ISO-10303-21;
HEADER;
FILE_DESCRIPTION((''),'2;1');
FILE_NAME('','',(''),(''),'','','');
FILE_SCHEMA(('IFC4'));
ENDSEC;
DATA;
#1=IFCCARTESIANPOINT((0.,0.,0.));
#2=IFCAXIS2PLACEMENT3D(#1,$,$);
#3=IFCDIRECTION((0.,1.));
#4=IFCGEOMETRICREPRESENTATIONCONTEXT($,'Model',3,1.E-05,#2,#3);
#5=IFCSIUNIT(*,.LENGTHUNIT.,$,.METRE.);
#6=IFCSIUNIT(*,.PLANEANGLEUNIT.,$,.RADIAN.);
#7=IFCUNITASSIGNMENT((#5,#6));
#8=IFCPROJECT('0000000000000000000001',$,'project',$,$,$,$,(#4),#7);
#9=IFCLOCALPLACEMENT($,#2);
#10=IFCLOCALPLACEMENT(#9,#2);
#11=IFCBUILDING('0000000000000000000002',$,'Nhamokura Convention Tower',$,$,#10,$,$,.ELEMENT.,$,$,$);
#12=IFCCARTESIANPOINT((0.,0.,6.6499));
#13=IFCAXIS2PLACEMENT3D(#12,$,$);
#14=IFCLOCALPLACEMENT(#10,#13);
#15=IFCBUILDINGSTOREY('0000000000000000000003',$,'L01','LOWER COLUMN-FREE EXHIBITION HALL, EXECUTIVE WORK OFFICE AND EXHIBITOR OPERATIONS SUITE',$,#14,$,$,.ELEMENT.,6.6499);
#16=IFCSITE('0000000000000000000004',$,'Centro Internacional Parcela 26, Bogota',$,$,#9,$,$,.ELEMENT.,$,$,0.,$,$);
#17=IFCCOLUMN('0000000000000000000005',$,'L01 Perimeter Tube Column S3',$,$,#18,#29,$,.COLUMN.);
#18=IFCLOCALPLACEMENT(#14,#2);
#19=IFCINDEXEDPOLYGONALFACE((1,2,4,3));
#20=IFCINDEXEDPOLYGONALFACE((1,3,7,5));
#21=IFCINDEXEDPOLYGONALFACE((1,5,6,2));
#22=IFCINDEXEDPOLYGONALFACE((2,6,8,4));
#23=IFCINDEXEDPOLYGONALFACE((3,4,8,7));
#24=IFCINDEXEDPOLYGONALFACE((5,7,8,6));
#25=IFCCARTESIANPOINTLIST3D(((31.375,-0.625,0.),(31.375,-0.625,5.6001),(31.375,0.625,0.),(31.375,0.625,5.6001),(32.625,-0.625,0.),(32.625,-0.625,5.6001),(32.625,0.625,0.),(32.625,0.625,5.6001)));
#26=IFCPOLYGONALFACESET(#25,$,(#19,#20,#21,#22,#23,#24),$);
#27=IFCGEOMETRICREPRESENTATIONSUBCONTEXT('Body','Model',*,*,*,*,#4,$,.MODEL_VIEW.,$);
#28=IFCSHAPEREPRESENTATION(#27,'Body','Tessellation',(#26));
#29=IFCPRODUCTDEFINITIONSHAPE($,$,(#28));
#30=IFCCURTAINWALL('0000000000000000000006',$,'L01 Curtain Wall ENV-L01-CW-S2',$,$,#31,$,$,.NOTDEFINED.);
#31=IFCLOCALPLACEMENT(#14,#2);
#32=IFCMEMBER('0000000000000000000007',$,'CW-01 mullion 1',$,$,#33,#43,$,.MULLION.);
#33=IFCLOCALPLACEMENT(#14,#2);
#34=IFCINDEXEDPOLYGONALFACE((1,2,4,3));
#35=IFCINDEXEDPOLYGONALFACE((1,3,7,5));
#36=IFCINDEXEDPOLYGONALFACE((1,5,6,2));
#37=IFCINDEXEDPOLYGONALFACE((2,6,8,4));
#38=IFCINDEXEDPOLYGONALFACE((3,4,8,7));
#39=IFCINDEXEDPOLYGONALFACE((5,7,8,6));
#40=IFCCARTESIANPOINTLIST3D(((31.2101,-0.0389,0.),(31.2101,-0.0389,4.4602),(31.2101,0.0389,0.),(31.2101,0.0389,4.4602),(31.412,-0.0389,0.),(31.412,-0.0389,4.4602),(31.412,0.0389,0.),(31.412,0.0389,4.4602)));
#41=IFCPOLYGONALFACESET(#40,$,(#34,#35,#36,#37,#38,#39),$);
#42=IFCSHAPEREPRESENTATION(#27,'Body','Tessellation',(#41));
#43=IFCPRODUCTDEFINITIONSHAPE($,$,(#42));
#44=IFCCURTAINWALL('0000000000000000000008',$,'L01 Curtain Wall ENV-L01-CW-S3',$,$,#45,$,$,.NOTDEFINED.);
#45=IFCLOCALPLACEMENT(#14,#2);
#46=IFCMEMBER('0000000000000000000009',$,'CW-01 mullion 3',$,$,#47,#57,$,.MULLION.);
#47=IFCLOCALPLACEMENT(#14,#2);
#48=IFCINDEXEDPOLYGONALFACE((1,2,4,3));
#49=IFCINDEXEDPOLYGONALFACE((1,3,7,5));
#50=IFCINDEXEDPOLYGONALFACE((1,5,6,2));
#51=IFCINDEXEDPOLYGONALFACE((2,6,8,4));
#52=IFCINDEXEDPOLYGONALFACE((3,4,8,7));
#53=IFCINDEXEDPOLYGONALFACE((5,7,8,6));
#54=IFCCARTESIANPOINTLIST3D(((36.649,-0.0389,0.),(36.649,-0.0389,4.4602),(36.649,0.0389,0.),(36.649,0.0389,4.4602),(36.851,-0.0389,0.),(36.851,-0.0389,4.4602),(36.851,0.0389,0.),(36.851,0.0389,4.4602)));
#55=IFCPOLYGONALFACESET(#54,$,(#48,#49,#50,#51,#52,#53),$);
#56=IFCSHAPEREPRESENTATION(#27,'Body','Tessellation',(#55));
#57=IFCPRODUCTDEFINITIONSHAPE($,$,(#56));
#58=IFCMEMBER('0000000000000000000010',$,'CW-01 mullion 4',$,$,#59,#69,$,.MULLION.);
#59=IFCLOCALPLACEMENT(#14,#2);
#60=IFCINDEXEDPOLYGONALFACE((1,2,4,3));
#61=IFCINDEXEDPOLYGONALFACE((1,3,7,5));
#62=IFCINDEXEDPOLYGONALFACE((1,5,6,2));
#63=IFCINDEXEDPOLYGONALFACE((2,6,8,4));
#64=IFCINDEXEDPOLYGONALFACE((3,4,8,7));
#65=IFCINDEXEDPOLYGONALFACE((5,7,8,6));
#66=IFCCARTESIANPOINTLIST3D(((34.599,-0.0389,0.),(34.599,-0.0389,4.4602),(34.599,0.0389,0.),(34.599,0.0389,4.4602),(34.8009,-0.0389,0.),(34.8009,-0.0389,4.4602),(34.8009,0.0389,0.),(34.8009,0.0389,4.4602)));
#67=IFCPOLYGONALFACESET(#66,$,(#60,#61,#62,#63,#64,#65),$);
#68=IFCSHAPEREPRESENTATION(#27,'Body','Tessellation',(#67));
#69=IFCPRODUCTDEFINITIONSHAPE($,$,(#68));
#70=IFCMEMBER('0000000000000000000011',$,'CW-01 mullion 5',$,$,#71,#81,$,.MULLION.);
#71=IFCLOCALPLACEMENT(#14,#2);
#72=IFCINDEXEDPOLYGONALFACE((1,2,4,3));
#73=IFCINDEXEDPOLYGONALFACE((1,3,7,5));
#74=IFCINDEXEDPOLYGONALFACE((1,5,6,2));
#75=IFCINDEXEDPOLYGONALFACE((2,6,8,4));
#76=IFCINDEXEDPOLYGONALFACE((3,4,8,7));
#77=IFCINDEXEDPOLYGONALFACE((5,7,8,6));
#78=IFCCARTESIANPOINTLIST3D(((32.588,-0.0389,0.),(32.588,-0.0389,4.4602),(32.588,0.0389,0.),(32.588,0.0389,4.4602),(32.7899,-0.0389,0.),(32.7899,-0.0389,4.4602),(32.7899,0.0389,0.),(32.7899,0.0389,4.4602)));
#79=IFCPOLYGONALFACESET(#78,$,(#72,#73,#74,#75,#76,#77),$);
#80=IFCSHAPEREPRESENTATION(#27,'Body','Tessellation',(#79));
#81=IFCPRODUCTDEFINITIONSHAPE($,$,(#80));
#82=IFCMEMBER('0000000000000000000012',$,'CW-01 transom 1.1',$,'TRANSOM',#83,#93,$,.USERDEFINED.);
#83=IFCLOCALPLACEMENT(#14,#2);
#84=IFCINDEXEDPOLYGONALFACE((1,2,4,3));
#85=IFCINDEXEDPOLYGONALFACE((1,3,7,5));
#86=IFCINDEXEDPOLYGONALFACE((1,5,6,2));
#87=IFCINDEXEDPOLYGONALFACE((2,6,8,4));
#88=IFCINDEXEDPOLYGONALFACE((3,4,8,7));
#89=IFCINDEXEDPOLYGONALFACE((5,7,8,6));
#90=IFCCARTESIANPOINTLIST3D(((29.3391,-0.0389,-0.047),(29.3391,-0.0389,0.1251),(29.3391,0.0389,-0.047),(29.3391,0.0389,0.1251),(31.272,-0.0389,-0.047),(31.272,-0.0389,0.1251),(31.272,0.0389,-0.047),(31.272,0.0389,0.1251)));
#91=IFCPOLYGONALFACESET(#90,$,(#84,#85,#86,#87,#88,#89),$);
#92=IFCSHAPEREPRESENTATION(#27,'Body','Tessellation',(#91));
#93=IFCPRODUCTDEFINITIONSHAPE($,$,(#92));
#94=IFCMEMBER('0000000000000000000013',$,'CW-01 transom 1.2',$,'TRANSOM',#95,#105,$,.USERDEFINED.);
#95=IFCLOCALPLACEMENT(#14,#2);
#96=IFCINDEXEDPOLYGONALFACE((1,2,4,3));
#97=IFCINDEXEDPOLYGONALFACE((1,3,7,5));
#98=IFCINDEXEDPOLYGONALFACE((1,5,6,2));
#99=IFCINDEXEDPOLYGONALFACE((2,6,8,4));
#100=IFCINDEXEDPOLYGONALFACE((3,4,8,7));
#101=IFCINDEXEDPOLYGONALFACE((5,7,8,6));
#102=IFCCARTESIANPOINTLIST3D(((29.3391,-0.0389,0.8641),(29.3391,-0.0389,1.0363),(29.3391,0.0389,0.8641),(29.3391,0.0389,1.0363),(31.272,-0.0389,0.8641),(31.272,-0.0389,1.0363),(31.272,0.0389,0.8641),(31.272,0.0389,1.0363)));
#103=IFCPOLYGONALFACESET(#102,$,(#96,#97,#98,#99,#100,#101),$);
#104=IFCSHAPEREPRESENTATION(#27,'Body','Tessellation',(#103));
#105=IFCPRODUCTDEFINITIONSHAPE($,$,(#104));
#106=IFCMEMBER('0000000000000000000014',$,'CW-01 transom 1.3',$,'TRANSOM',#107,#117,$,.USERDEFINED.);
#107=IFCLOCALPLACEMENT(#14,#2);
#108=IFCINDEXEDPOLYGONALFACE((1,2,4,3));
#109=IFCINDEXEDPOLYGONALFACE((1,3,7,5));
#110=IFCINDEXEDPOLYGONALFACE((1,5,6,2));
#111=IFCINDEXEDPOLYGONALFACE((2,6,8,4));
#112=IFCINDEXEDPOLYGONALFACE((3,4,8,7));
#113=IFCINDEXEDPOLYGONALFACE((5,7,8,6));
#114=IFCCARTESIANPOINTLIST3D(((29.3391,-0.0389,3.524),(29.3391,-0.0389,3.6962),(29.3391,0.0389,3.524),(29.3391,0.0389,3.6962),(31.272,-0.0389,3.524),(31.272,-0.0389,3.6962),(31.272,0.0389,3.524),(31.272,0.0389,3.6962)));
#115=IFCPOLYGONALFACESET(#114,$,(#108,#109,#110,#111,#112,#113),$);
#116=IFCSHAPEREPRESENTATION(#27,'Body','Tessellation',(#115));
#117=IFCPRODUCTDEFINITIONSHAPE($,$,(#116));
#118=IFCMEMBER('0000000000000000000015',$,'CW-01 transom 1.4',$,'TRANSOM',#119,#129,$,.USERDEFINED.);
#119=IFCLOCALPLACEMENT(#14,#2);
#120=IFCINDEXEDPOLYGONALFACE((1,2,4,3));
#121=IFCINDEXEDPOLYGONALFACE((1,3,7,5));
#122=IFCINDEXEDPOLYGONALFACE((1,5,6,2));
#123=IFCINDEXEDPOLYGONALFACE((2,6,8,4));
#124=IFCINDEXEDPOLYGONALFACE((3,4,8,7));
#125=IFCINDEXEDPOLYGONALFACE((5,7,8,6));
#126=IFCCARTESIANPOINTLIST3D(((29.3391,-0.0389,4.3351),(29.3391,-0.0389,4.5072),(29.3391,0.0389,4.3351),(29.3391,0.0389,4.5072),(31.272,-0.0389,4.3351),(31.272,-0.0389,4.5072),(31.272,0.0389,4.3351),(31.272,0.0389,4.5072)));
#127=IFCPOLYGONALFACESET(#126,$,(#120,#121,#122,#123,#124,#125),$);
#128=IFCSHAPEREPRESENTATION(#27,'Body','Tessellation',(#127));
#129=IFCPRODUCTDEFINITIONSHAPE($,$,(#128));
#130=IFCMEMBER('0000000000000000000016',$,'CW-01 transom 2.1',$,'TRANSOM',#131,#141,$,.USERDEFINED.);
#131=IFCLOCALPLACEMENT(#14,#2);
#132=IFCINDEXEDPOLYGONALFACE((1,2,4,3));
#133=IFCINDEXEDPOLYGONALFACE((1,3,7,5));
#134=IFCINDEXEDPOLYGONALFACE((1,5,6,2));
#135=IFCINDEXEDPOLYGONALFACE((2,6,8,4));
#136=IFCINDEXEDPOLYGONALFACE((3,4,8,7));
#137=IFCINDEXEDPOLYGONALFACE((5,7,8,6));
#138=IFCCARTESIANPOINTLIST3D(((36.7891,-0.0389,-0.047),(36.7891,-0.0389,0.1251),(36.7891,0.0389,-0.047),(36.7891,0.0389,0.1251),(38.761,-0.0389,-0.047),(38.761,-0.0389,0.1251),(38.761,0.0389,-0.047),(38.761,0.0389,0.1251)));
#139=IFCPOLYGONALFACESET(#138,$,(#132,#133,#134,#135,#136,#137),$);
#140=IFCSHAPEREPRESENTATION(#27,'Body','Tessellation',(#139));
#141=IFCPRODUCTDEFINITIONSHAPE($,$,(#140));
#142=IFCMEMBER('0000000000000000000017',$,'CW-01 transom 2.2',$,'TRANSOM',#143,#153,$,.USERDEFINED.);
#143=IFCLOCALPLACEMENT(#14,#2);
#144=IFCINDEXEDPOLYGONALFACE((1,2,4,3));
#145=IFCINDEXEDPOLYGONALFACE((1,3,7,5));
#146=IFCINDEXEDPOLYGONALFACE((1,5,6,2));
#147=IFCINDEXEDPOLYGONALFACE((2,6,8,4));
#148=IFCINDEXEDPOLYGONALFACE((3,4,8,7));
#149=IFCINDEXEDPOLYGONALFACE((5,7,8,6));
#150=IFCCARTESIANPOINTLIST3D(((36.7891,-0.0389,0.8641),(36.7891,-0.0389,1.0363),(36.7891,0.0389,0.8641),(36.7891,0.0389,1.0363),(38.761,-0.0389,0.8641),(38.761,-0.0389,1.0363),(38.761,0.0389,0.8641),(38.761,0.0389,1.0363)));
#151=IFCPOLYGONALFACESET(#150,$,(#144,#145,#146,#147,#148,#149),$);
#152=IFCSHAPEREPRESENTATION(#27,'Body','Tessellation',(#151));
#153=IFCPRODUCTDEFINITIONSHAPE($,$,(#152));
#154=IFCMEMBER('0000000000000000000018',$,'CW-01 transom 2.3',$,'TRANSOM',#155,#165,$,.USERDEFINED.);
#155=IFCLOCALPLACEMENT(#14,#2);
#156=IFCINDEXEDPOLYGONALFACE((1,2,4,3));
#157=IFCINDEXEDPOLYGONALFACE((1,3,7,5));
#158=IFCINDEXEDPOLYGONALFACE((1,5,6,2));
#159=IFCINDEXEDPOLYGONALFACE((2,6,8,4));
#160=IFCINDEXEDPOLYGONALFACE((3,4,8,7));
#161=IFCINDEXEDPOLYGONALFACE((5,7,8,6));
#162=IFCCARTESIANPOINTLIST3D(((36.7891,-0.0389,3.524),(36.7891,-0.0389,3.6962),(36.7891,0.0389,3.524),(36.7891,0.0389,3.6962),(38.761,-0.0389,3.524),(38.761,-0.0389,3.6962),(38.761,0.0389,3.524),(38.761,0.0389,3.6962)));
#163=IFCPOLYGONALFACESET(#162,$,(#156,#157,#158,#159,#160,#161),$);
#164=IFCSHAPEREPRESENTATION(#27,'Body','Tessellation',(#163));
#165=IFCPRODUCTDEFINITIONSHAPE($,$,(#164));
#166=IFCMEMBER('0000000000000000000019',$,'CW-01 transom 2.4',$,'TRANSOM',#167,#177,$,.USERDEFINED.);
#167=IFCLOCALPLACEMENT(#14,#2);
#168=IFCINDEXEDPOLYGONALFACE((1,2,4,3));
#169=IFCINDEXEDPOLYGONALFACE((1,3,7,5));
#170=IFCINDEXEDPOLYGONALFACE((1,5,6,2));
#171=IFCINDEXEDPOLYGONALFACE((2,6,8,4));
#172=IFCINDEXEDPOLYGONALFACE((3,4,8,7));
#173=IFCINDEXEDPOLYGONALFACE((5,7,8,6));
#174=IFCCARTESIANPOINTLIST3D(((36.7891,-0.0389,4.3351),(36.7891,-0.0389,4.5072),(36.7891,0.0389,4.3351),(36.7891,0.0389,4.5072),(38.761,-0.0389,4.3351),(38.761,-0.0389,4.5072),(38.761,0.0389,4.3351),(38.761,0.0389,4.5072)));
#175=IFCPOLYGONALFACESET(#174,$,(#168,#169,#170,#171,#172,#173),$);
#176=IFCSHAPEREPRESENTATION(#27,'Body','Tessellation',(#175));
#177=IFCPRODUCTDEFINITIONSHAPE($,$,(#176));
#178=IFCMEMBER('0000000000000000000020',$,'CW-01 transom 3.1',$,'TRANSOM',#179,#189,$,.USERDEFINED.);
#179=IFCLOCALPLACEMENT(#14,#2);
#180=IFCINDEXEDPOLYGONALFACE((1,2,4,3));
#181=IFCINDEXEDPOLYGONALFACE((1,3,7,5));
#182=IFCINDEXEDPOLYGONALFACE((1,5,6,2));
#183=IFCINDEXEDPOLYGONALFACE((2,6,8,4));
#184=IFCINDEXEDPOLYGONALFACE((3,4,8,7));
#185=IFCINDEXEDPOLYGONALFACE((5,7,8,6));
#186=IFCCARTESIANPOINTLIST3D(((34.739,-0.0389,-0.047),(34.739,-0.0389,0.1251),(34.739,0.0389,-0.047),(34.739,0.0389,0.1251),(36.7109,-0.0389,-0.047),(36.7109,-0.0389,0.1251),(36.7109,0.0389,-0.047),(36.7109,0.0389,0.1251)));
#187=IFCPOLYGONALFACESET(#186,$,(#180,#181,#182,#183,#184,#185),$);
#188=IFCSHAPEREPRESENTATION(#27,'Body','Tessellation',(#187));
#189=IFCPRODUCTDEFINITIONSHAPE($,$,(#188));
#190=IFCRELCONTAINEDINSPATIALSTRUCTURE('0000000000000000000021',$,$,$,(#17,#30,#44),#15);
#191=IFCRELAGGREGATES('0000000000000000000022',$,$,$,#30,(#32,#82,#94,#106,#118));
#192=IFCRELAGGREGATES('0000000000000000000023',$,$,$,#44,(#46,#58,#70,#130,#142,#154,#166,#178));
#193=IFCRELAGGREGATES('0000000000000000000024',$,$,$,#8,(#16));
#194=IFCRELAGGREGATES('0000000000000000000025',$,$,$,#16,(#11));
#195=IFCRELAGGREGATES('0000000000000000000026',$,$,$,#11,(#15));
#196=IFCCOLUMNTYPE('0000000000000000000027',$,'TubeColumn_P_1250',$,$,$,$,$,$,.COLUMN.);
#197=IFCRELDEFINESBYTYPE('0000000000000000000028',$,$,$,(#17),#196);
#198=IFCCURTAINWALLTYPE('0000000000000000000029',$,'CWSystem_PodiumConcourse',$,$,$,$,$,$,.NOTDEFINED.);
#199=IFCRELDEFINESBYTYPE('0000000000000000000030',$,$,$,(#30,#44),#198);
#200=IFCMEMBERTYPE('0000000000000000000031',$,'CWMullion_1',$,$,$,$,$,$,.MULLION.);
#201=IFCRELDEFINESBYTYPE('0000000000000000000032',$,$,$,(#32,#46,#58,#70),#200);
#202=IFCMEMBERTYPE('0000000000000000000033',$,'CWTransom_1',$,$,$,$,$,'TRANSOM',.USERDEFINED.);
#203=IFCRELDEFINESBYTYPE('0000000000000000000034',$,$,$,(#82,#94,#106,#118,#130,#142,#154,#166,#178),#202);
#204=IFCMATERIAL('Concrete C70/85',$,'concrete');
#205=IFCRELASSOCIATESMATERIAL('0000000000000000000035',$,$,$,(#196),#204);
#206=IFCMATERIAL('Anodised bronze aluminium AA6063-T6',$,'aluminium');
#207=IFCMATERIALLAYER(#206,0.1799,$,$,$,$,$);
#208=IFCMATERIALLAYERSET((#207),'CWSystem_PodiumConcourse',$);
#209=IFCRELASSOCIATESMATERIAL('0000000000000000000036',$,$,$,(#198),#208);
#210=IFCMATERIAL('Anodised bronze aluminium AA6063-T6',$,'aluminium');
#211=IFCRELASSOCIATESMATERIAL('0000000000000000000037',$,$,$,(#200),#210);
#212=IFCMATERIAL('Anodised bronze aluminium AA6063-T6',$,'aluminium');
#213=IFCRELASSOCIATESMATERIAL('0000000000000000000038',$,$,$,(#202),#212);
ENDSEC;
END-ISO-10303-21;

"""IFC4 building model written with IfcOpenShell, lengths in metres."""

from ifc_helpers import new_model, si_unit, direction, frame, origin, origin_2d, place, context, subcontext, project, spatial, rectangle, extrude, material, layer, layer_set, material_profile, profile_set, type_object, element, aggregate, save


model = new_model("IFC4")

# Units and contexts
model_context = context("Model", 3, precision=1e-05, world=origin(), true_north=direction((0.0, 1.0)))
body_context = subcontext(model_context, "Body", "Model", "MODEL_VIEW")
ifc_project = project(units=[si_unit("LENGTHUNIT", "METRE"), si_unit("PLANEANGLEUNIT", "RADIAN")], contexts=[model_context])

# Site, building, storey
site_placement = place(None, origin())
site = spatial("IfcSite", under=ifc_project, at=site_placement, Name="Centro Internacional Parcela 26, Bogota", CompositionType="ELEMENT", RefElevation=0.0)
building_placement = place(site_placement, origin())
building = spatial("IfcBuilding", under=site, at=building_placement, Name="Nhamokura Convention Tower", CompositionType="ELEMENT")
storey_placement = place(building_placement, frame((0.0, 0.0, 6.6499)))
storey = spatial("IfcBuildingStorey", under=building, at=storey_placement, Name="L01", Description="LOWER COLUMN-FREE EXHIBITION HALL, EXECUTIVE WORK OFFICE AND EXHIBITOR OPERATIONS SUITE", CompositionType="ELEMENT", Elevation=6.6499)

# Column
ifc_material_1 = material(Name="Concrete C70/85", Category="concrete")
ifc_material_profile_1 = material_profile(ifc_material_1, rectangle(XDim=1.25, YDim=1.25, at=origin_2d()))
ifc_profile_set_1 = profile_set([ifc_material_profile_1], Name="Concrete C70/85")
column_type = type_object("IfcColumnType", Name="TubeColumn_P_1250", PredefinedType="COLUMN", material=ifc_profile_set_1)
column_placement = place(storey_placement, frame((32.0, 0.0, 0.0), z_axis=(0.0, 0.0, 1.0), x_axis=(1.0, 0.0, 0.0)))
element("IfcColumn", 1, at=column_placement, inside=storey, type_object=column_type, Name="L01 Perimeter Tube Column S3", PredefinedType="COLUMN", context=body_context, shape_type="SweptSolid", body=[
    extrude(rectangle(XDim=1.25, YDim=1.25, at=origin_2d()), origin(), (0.0, 0.0, 1.0), 5.6001),
])

# Curtain wall, member
ifc_material_2 = material(Name="Anodised bronze aluminium AA6063-T6", Category="aluminium")
ifc_layer_1 = layer(ifc_material_2, 0.1799)
ifc_layer_set_1 = layer_set([ifc_layer_1], Name="CWSystem_PodiumConcourse")
curtain_wall_type = type_object("IfcCurtainWallType", Name="CWSystem_PodiumConcourse", PredefinedType="NOTDEFINED", material=ifc_layer_set_1)
curtain_wall_1_placement = place(storey_placement, origin())
curtain_wall_1 = element("IfcCurtainWall", 2, at=curtain_wall_1_placement, inside=storey, type_object=curtain_wall_type, Name="L01 Curtain Wall ENV-L01-CW-S2", PredefinedType="NOTDEFINED")
ifc_material_3 = material(Name="Anodised bronze aluminium AA6063-T6", Category="aluminium")
ifc_material_profile_2 = material_profile(ifc_material_3, rectangle(XDim=0.0779, YDim=0.2019, at=origin_2d()))
ifc_profile_set_2 = profile_set([ifc_material_profile_2], Name="Anodised bronze aluminium AA6063-T6")
member_type_1 = type_object("IfcMemberType", Name="CWMullion_1", PredefinedType="MULLION", material=ifc_profile_set_2)
member_1_placement = place(storey_placement, frame((31.311, 0.0, 0.0), z_axis=(0.0, 0.0, 1.0), x_axis=(0.0, -1.0, 0.0)))
member_1 = element("IfcMember", 3, at=member_1_placement, type_object=member_type_1, Name="CW-01 mullion 1", PredefinedType="MULLION", context=body_context, shape_type="SweptSolid", body=[
    extrude(rectangle(XDim=0.0779, YDim=0.2019, at=origin_2d()), origin(), (0.0, 0.0, 1.0), 4.4602),
])

# Curtain wall, members
curtain_wall_2_placement = place(storey_placement, origin())
curtain_wall_2 = element("IfcCurtainWall", 4, at=curtain_wall_2_placement, inside=storey, type_object=curtain_wall_type, Name="L01 Curtain Wall ENV-L01-CW-S3", PredefinedType="NOTDEFINED")
member_2_placement = place(storey_placement, frame((36.75, 0.0, 0.0), z_axis=(0.0, 0.0, 1.0), x_axis=(0.0, -1.0, 0.0)))
member_2 = element("IfcMember", 5, at=member_2_placement, type_object=member_type_1, Name="CW-01 mullion 3", PredefinedType="MULLION", context=body_context, shape_type="SweptSolid", body=[
    extrude(rectangle(XDim=0.0779, YDim=0.2019, at=origin_2d()), origin(), (0.0, 0.0, 1.0), 4.4602),
])
member_3_placement = place(storey_placement, frame((34.7, 0.0, 0.0), z_axis=(0.0, 0.0, 1.0), x_axis=(0.0, -1.0, 0.0)))
member_3 = element("IfcMember", 6, at=member_3_placement, type_object=member_type_1, Name="CW-01 mullion 4", PredefinedType="MULLION", context=body_context, shape_type="SweptSolid", body=[
    extrude(rectangle(XDim=0.0779, YDim=0.2019, at=origin_2d()), origin(), (0.0, 0.0, 1.0), 4.4602),
])
member_4_placement = place(storey_placement, frame((32.689, 0.0, 0.0), z_axis=(0.0, 0.0, 1.0), x_axis=(0.0, -1.0, 0.0)))
member_4 = element("IfcMember", 7, at=member_4_placement, type_object=member_type_1, Name="CW-01 mullion 5", PredefinedType="MULLION", context=body_context, shape_type="SweptSolid", body=[
    extrude(rectangle(XDim=0.0779, YDim=0.2019, at=origin_2d()), origin(), (0.0, 0.0, 1.0), 4.4602),
])

# Members
ifc_material_4 = material(Name="Anodised bronze aluminium AA6063-T6", Category="aluminium")
ifc_material_profile_3 = material_profile(ifc_material_4, rectangle(XDim=0.0779, YDim=0.1721, at=origin_2d()))
ifc_profile_set_3 = profile_set([ifc_material_profile_3], Name="Anodised bronze aluminium AA6063-T6")
member_type_2 = type_object("IfcMemberType", Name="CWTransom_1", ElementType="TRANSOM", PredefinedType="USERDEFINED", material=ifc_profile_set_3)
member_5_placement = place(storey_placement, frame((31.272, 0.0, 0.0391), z_axis=(-1.0, 0.0, 0.0), x_axis=(0.0, -1.0, 0.0)))
member_5 = element("IfcMember", 8, at=member_5_placement, type_object=member_type_2, Name="CW-01 transom 1.1", ObjectType="TRANSOM", PredefinedType="USERDEFINED", context=body_context, shape_type="SweptSolid", body=[
    extrude(rectangle(XDim=0.0779, YDim=0.1721, at=origin_2d()), origin(), (0.0, 0.0, 1.0), 1.9329),
])
member_6_placement = place(storey_placement, frame((31.272, 0.0, 0.9502), z_axis=(-1.0, 0.0, 0.0), x_axis=(0.0, -1.0, 0.0)))
member_6 = element("IfcMember", 9, at=member_6_placement, type_object=member_type_2, Name="CW-01 transom 1.2", ObjectType="TRANSOM", PredefinedType="USERDEFINED", context=body_context, shape_type="SweptSolid", body=[
    extrude(rectangle(XDim=0.0779, YDim=0.1721, at=origin_2d()), origin(), (0.0, 0.0, 1.0), 1.9329),
])
member_7_placement = place(storey_placement, frame((31.272, 0.0, 3.6101), z_axis=(-1.0, 0.0, 0.0), x_axis=(0.0, -1.0, 0.0)))
member_7 = element("IfcMember", 10, at=member_7_placement, type_object=member_type_2, Name="CW-01 transom 1.3", ObjectType="TRANSOM", PredefinedType="USERDEFINED", context=body_context, shape_type="SweptSolid", body=[
    extrude(rectangle(XDim=0.0779, YDim=0.1721, at=origin_2d()), origin(), (0.0, 0.0, 1.0), 1.9329),
])
member_8_placement = place(storey_placement, frame((31.272, 0.0, 4.4211), z_axis=(-1.0, 0.0, 0.0), x_axis=(0.0, -1.0, 0.0)))
member_8 = element("IfcMember", 11, at=member_8_placement, type_object=member_type_2, Name="CW-01 transom 1.4", ObjectType="TRANSOM", PredefinedType="USERDEFINED", context=body_context, shape_type="SweptSolid", body=[
    extrude(rectangle(XDim=0.0779, YDim=0.1721, at=origin_2d()), origin(), (0.0, 0.0, 1.0), 1.9329),
])
aggregate(curtain_wall_1, [member_1, member_5, member_6, member_7, member_8])
member_9_placement = place(storey_placement, frame((38.761, 0.0, 0.0391), z_axis=(-1.0, 0.0, 0.0), x_axis=(0.0, -1.0, 0.0)))
member_9 = element("IfcMember", 12, at=member_9_placement, type_object=member_type_2, Name="CW-01 transom 2.1", ObjectType="TRANSOM", PredefinedType="USERDEFINED", context=body_context, shape_type="SweptSolid", body=[
    extrude(rectangle(XDim=0.0779, YDim=0.1721, at=origin_2d()), origin(), (0.0, 0.0, 1.0), 1.9719),
])
member_10_placement = place(storey_placement, frame((38.761, 0.0, 0.9502), z_axis=(-1.0, 0.0, 0.0), x_axis=(0.0, -1.0, 0.0)))
member_10 = element("IfcMember", 13, at=member_10_placement, type_object=member_type_2, Name="CW-01 transom 2.2", ObjectType="TRANSOM", PredefinedType="USERDEFINED", context=body_context, shape_type="SweptSolid", body=[
    extrude(rectangle(XDim=0.0779, YDim=0.1721, at=origin_2d()), origin(), (0.0, 0.0, 1.0), 1.9719),
])
member_11_placement = place(storey_placement, frame((38.761, 0.0, 3.6101), z_axis=(-1.0, 0.0, 0.0), x_axis=(0.0, -1.0, 0.0)))
member_11 = element("IfcMember", 14, at=member_11_placement, type_object=member_type_2, Name="CW-01 transom 2.3", ObjectType="TRANSOM", PredefinedType="USERDEFINED", context=body_context, shape_type="SweptSolid", body=[
    extrude(rectangle(XDim=0.0779, YDim=0.1721, at=origin_2d()), origin(), (0.0, 0.0, 1.0), 1.9719),
])
member_12_placement = place(storey_placement, frame((38.761, 0.0, 4.4211), z_axis=(-1.0, 0.0, 0.0), x_axis=(0.0, -1.0, 0.0)))
member_12 = element("IfcMember", 15, at=member_12_placement, type_object=member_type_2, Name="CW-01 transom 2.4", ObjectType="TRANSOM", PredefinedType="USERDEFINED", context=body_context, shape_type="SweptSolid", body=[
    extrude(rectangle(XDim=0.0779, YDim=0.1721, at=origin_2d()), origin(), (0.0, 0.0, 1.0), 1.9719),
])
member_13_placement = place(storey_placement, frame((36.7109, 0.0, 0.0391), z_axis=(-1.0, 0.0, 0.0), x_axis=(0.0, -1.0, 0.0)))
member_13 = element("IfcMember", 16, at=member_13_placement, type_object=member_type_2, Name="CW-01 transom 3.1", ObjectType="TRANSOM", PredefinedType="USERDEFINED", context=body_context, shape_type="SweptSolid", body=[
    extrude(rectangle(XDim=0.0779, YDim=0.1721, at=origin_2d()), origin(), (0.0, 0.0, 1.0), 1.9719),
])

aggregate(curtain_wall_2, [member_2, member_3, member_4, member_9, member_10, member_11, member_12, member_13])

save(model, "model.ifc")
